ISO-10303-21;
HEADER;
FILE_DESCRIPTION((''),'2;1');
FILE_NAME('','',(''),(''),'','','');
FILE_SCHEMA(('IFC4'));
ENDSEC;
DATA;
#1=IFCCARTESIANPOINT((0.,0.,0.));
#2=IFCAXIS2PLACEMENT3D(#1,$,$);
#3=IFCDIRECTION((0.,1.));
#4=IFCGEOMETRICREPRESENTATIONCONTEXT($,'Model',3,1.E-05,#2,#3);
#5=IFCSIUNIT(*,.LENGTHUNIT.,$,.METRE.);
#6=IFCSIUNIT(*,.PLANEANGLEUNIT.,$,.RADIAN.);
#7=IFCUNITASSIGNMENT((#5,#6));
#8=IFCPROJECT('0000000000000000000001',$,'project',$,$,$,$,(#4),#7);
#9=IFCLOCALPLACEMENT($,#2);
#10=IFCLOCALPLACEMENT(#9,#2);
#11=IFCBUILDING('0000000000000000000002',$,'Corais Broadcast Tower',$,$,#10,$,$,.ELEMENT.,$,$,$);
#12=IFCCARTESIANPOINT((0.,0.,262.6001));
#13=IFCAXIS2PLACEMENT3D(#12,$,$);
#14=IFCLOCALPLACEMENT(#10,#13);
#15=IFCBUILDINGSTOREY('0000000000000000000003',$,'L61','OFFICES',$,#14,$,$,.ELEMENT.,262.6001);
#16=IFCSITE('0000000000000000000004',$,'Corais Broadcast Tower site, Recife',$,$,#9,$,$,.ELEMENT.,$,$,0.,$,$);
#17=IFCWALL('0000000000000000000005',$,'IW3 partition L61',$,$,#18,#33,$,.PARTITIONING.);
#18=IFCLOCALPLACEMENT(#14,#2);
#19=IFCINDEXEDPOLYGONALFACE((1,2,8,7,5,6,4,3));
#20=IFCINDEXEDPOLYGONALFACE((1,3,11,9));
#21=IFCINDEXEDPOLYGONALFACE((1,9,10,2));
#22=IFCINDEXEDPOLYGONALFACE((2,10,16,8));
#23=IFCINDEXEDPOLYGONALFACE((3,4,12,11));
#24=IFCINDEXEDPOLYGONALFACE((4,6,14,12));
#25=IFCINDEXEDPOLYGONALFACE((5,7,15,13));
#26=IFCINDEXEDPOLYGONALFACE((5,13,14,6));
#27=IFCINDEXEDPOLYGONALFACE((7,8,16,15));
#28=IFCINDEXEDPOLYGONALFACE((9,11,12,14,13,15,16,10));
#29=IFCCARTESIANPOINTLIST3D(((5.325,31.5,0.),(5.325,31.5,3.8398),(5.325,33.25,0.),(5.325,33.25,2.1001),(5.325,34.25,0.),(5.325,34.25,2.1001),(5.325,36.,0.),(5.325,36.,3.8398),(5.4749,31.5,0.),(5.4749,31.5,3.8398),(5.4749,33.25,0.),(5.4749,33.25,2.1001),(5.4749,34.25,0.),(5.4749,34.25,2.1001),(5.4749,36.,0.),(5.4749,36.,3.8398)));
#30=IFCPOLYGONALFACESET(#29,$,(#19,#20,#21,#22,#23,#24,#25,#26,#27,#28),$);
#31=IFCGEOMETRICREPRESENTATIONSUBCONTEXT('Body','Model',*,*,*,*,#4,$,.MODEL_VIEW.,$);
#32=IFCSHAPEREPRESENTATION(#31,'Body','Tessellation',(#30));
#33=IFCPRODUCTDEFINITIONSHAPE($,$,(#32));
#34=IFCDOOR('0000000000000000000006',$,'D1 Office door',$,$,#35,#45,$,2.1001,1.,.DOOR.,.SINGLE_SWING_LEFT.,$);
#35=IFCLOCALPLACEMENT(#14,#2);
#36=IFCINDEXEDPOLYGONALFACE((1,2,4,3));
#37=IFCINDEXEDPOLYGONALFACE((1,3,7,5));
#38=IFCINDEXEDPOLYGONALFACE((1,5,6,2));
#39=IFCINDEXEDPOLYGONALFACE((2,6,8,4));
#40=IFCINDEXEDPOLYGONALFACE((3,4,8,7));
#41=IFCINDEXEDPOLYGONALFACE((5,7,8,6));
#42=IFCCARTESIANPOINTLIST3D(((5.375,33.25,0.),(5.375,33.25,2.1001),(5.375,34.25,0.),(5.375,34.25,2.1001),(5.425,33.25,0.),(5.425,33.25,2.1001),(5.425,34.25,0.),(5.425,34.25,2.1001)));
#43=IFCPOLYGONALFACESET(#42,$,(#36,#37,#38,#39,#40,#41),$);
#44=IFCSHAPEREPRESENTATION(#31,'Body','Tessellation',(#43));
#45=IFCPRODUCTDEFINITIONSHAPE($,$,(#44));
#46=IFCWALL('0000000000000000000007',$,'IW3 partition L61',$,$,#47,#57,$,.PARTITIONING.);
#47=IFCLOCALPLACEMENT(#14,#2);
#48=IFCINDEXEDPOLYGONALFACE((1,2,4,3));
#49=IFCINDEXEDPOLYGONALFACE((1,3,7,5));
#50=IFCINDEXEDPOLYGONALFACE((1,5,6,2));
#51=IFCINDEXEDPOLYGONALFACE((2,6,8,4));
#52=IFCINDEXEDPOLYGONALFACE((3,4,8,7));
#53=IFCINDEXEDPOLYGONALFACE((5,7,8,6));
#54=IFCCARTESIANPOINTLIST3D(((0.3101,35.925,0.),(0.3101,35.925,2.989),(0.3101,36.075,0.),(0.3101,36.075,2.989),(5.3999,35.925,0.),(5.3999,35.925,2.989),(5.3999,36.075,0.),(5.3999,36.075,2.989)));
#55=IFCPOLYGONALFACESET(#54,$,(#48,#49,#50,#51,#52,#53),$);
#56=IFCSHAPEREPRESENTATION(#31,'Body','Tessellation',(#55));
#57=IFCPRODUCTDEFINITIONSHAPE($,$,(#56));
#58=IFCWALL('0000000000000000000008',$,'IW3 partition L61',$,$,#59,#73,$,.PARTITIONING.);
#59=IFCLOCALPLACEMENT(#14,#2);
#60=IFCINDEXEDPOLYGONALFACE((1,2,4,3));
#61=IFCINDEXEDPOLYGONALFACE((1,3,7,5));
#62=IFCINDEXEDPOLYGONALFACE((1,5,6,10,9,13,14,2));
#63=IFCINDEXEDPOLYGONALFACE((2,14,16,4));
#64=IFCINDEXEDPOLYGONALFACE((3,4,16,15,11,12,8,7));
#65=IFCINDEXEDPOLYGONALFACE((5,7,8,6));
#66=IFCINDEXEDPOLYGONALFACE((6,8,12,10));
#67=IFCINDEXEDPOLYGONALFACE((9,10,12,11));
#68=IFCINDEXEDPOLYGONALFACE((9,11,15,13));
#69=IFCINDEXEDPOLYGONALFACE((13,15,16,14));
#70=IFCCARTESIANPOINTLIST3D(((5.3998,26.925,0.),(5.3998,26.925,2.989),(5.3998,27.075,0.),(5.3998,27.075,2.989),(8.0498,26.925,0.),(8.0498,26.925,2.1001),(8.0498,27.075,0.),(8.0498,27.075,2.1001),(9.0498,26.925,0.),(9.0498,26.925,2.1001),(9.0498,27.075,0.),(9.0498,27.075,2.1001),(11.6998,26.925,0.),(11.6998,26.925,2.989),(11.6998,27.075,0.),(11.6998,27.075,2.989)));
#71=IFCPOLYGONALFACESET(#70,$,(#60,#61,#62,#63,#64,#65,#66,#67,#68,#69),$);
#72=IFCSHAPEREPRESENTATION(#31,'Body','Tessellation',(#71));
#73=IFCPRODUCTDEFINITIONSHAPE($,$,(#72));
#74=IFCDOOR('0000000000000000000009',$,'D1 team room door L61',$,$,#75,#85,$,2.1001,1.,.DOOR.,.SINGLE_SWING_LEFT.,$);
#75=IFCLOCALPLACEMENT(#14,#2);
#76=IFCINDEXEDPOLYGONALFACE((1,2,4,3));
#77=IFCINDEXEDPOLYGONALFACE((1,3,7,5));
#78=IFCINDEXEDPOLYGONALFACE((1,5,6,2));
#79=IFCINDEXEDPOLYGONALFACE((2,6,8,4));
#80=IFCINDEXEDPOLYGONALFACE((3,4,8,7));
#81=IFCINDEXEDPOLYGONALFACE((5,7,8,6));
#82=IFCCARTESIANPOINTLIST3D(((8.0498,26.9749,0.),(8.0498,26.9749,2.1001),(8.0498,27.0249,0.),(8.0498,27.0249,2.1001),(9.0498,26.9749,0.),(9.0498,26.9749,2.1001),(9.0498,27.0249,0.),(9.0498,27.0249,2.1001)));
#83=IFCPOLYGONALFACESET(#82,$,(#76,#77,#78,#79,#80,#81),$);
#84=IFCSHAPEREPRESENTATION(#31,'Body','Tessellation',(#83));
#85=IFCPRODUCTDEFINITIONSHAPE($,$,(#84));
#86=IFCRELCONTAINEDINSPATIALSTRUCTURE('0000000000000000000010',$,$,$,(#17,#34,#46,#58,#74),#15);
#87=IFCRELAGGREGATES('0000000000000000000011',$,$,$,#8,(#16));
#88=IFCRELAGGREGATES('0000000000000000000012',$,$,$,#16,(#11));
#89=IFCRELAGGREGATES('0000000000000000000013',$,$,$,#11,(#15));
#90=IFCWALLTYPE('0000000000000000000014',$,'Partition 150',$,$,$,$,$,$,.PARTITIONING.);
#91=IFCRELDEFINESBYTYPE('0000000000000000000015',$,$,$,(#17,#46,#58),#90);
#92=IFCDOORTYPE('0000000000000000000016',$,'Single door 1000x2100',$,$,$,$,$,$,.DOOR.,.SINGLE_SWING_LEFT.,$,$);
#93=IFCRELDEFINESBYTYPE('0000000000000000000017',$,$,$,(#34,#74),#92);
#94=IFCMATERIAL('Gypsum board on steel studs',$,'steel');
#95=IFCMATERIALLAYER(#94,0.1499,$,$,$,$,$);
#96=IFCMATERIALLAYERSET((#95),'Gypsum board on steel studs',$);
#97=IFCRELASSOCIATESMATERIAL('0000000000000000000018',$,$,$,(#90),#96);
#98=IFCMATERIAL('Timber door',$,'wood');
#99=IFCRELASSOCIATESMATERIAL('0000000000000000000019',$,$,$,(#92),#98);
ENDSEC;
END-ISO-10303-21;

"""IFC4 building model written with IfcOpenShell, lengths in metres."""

from ifc_helpers import new_model, si_unit, direction, frame, frame_2d, origin, place, context, subcontext, project, spatial, rectangle, extrude, material, layer, layer_set, type_object, element, fill, save


model = new_model("IFC4")

# Units and contexts
model_context = context("Model", 3, precision=1e-05, world=origin(), true_north=direction((0.0, 1.0)))
body_context = subcontext(model_context, "Body", "Model", "MODEL_VIEW")
ifc_project = project(units=[si_unit("LENGTHUNIT", "METRE"), si_unit("PLANEANGLEUNIT", "RADIAN")], contexts=[model_context])

# Site, building, storey
site_placement = place(None, origin())
site = spatial("IfcSite", under=ifc_project, at=site_placement, Name="Corais Broadcast Tower site, Recife", CompositionType="ELEMENT", RefElevation=0.0)
building_placement = place(site_placement, origin())
building = spatial("IfcBuilding", under=site, at=building_placement, Name="Corais Broadcast Tower", CompositionType="ELEMENT")
storey_placement = place(building_placement, frame((0.0, 0.0, 262.6001)))
storey = spatial("IfcBuildingStorey", under=building, at=storey_placement, Name="L61", Description="OFFICES", CompositionType="ELEMENT", Elevation=262.6001)

# Shared definitions
ifc_material_1 = material(Name="Gypsum board on steel studs", Category="steel")
ifc_layer_1 = layer(ifc_material_1, 0.1499)
ifc_layer_set_1 = layer_set([ifc_layer_1], Name="Gypsum board on steel studs")
wall_type_1 = type_object("IfcWallType", Name="Partition 150", PredefinedType="PARTITIONING", material=ifc_layer_set_1)

# Shared definitions
ifc_material_2 = material(Name="Timber door", Category="wood")
door_type_1 = type_object("IfcDoorType", Name="Single door 1000x2100", OperationType="SINGLE_SWING_LEFT", PredefinedType="DOOR", material=ifc_material_2)

# Wall, opening, door
wall_1_placement = place(storey_placement, frame((5.3999, 31.5, 0.0), z_axis=(0.0, 0.0, 1.0), x_axis=(0.0, 1.0, 0.0)))
wall_1 = element("IfcWall", 1, at=wall_1_placement, inside=storey, type_object=wall_type_1, Name="IW3 partition L61", PredefinedType="PARTITIONING", context=body_context, shape_type="SweptSolid", body=[
    extrude(rectangle(XDim=4.5, YDim=0.1499, at=frame_2d((2.25, 0.0))), origin(), (0.0, 0.0, 1.0), 3.8398),
])
opening_1_placement = place(wall_1_placement, frame((1.75, 0.0, 0.0)))
opening_1 = element("IfcOpeningElement", 2, at=opening_1_placement, cuts=wall_1, PredefinedType="OPENING", context=body_context, shape_type="SweptSolid", body=[
    extrude(rectangle(XDim=1.0, YDim=2.1001, at=frame_2d((0.5, 1.05))), frame((0.0, 0.085, 0.0), z_axis=(0.0, -1.0, 0.0), x_axis=(1.0, 0.0, 0.0)), (0.0, 0.0, 1.0), 0.1699),
])
door_1_placement = place(opening_1_placement, origin())
door_1 = element("IfcDoor", 3, at=door_1_placement, inside=storey, type_object=door_type_1, Name="D1 Office door", OperationType="SINGLE_SWING_LEFT", OverallHeight=2.1001, OverallWidth=1.0, PredefinedType="DOOR", context=body_context, shape_type="SweptSolid", body=[
    extrude(rectangle(XDim=1.0, YDim=2.1001, at=frame_2d((0.5, 1.05))), frame((0.0, 0.0249, 0.0), z_axis=(0.0, -1.0, 0.0), x_axis=(1.0, 0.0, 0.0)), (0.0, 0.0, 1.0), 0.05),
])
fill(opening_1, door_1)

# Wall
wall_2_placement = place(storey_placement, frame((5.3999, 36.0, 0.0), z_axis=(0.0, 0.0, 1.0), x_axis=(-1.0, 0.0, 0.0)))
element("IfcWall", 4, at=wall_2_placement, inside=storey, type_object=wall_type_1, Name="IW3 partition L61", PredefinedType="PARTITIONING", context=body_context, shape_type="SweptSolid", body=[
    extrude(rectangle(XDim=5.0898, YDim=0.1499, at=frame_2d((2.5449, 0.0))), origin(), (0.0, 0.0, 1.0), 2.989),
])

# Wall, opening, door
wall_3_placement = place(storey_placement, frame((5.3999, 27.0, 0.0), z_axis=(0.0, 0.0, 1.0), x_axis=(1.0, 0.0, 0.0)))
wall_3 = element("IfcWall", 5, at=wall_3_placement, inside=storey, type_object=wall_type_1, Name="IW3 partition L61", PredefinedType="PARTITIONING", context=body_context, shape_type="SweptSolid", body=[
    extrude(rectangle(XDim=6.3, YDim=0.1499, at=frame_2d((3.1499, 0.0))), origin(), (0.0, 0.0, 1.0), 2.989),
])
opening_2_placement = place(wall_3_placement, frame((2.6499, 0.0, 0.0)))
opening_2 = element("IfcOpeningElement", 6, at=opening_2_placement, cuts=wall_3, PredefinedType="OPENING", context=body_context, shape_type="SweptSolid", body=[
    extrude(rectangle(XDim=1.0, YDim=2.1001, at=frame_2d((0.5, 1.05))), frame((0.0, 0.085, 0.0), z_axis=(0.0, -1.0, 0.0), x_axis=(1.0, 0.0, 0.0)), (0.0, 0.0, 1.0), 0.1699),
])
door_2_placement = place(opening_2_placement, origin())
door_2 = element("IfcDoor", 7, at=door_2_placement, inside=storey, type_object=door_type_1, Name="D1 team room door L61", OperationType="SINGLE_SWING_LEFT", OverallHeight=2.1001, OverallWidth=1.0, PredefinedType="DOOR", context=body_context, shape_type="SweptSolid", body=[
    extrude(rectangle(XDim=1.0, YDim=2.1001, at=frame_2d((0.5, 1.05))), frame((0.0, 0.0249, 0.0), z_axis=(0.0, -1.0, 0.0), x_axis=(1.0, 0.0, 0.0)), (0.0, 0.0, 1.0), 0.05),
])
fill(opening_2, door_2)

save(model, "model.ifc")
